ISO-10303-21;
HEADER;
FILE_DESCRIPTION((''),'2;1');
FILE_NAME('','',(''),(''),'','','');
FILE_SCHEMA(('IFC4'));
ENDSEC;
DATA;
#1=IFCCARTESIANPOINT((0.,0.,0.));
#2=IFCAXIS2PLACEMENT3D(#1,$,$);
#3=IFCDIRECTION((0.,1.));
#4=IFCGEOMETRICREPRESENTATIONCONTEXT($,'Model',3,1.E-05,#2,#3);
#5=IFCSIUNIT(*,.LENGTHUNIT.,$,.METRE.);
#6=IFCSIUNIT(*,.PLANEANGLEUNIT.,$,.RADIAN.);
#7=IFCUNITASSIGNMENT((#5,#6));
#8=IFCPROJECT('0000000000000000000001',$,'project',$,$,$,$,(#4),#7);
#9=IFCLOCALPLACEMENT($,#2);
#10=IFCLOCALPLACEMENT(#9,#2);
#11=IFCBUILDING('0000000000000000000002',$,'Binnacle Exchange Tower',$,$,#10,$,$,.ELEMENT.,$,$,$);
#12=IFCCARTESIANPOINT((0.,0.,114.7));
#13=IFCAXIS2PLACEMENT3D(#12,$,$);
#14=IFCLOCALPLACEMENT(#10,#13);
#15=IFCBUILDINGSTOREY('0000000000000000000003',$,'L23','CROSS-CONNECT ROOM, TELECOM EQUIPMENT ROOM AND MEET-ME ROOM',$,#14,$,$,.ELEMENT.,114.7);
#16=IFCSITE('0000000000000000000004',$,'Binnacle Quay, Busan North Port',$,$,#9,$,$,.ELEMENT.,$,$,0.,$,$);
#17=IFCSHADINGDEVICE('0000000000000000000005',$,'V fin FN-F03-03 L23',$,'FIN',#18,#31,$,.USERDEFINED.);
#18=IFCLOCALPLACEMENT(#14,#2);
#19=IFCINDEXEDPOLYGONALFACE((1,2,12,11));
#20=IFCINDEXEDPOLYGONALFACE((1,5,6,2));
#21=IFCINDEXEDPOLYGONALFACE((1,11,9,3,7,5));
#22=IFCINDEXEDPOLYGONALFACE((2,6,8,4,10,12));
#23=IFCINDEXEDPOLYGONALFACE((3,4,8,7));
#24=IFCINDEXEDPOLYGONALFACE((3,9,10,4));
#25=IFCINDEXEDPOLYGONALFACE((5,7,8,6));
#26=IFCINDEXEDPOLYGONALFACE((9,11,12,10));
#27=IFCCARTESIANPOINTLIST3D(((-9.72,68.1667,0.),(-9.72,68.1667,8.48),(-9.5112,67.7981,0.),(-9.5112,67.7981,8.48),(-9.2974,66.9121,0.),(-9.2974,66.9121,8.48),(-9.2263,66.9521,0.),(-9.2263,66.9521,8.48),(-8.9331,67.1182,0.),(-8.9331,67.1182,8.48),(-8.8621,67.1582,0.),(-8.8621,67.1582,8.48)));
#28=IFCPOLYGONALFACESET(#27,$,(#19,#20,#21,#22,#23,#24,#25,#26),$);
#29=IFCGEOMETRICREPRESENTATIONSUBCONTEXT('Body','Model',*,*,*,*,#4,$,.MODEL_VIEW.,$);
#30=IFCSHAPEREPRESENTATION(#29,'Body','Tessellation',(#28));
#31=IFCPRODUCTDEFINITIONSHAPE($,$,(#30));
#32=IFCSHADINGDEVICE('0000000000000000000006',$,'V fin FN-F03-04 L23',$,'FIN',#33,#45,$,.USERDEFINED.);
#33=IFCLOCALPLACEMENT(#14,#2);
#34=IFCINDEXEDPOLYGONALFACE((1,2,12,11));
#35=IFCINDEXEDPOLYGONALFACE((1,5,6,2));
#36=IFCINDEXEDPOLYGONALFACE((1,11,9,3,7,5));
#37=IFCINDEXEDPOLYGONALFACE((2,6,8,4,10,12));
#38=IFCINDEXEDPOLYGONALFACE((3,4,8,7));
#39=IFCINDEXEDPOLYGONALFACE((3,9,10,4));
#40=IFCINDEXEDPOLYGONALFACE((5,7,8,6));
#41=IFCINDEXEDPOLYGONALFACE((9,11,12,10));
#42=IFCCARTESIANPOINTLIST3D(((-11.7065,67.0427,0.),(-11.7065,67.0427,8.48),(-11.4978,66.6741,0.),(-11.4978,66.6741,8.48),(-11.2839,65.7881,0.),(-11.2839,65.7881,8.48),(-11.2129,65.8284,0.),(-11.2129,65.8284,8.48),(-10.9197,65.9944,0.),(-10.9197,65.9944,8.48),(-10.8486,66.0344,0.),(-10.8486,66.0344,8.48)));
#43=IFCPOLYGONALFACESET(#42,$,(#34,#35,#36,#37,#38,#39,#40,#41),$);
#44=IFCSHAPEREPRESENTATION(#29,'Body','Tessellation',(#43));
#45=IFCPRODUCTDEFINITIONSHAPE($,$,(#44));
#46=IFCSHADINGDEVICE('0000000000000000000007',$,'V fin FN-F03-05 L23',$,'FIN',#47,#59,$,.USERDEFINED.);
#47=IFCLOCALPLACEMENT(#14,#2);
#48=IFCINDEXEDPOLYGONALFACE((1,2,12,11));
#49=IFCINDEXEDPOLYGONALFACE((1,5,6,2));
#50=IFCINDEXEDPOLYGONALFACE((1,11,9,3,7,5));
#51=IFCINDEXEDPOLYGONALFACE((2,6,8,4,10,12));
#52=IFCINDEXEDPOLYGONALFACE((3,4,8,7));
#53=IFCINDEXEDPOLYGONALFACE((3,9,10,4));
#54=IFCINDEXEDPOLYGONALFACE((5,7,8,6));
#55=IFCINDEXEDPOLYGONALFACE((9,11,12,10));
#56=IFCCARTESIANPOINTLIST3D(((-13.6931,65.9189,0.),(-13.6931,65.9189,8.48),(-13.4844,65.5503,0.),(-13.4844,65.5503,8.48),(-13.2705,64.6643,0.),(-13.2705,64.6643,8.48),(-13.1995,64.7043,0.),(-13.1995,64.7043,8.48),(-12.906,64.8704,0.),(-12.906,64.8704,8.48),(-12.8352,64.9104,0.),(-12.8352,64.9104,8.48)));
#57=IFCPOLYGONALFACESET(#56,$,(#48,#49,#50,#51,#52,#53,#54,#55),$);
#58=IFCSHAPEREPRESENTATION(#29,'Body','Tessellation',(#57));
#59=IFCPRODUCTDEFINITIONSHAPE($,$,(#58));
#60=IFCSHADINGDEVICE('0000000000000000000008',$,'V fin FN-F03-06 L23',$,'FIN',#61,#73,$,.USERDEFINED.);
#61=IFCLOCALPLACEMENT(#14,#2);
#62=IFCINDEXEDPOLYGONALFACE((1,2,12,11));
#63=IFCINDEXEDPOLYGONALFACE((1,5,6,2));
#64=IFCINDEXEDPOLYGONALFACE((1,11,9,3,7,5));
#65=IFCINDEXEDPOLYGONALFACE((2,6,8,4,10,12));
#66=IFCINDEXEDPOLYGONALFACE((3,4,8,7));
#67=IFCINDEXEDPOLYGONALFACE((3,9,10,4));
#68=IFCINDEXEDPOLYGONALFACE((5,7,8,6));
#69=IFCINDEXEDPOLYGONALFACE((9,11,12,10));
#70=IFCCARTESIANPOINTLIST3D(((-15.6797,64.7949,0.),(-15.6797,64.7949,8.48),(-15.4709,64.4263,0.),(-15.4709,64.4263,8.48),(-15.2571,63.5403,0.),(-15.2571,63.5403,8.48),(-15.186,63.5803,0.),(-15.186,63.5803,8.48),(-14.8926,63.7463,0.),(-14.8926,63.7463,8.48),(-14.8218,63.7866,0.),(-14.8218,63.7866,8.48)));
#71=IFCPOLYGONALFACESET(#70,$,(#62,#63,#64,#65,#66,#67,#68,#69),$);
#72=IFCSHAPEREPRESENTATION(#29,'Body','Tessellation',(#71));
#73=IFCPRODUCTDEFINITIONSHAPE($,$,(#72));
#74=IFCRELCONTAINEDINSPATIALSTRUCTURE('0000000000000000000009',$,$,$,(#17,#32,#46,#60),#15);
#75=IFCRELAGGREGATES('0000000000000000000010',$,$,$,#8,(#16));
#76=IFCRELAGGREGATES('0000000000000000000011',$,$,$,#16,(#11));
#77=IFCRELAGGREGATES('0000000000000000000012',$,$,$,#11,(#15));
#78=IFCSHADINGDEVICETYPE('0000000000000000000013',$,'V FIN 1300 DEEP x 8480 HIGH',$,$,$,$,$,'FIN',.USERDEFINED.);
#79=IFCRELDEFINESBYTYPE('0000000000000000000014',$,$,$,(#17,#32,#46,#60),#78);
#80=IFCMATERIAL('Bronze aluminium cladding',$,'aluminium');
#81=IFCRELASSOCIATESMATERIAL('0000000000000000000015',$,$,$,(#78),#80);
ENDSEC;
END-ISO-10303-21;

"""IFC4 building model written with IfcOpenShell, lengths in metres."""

from ifc_helpers import new_model, si_unit, direction, frame, origin, place, context, subcontext, project, spatial, polyline, outline, extrude, material, type_object, element, save


model = new_model("IFC4")

# Units and contexts
model_context = context("Model", 3, precision=1e-05, world=origin(), true_north=direction((0.0, 1.0)))
body_context = subcontext(model_context, "Body", "Model", "MODEL_VIEW")
ifc_project = project(units=[si_unit("LENGTHUNIT", "METRE"), si_unit("PLANEANGLEUNIT", "RADIAN")], contexts=[model_context])

# Site, building, storey
site_placement = place(None, origin())
site = spatial("IfcSite", under=ifc_project, at=site_placement, Name="Binnacle Quay, Busan North Port", CompositionType="ELEMENT", RefElevation=0.0)
building_placement = place(site_placement, origin())
building = spatial("IfcBuilding", under=site, at=building_placement, Name="Binnacle Exchange Tower", CompositionType="ELEMENT")
storey_placement = place(building_placement, frame((0.0, 0.0, 114.7)))
storey = spatial("IfcBuildingStorey", under=building, at=storey_placement, Name="L23", Description="CROSS-CONNECT ROOM, TELECOM EQUIPMENT ROOM AND MEET-ME ROOM", CompositionType="ELEMENT", Elevation=114.7)

# Shading devices
ifc_material_1 = material(Name="Bronze aluminium cladding", Category="aluminium")
shading_device_type = type_object("IfcShadingDeviceType", Name="V FIN 1300 DEEP x 8480 HIGH", ElementType="FIN", PredefinedType="USERDEFINED", material=ifc_material_1)
shading_device_1_placement = place(storey_placement, origin())
element("IfcShadingDevice", 1, at=shading_device_1_placement, inside=storey, type_object=shading_device_type, Name="V fin FN-F03-03 L23", ObjectType="FIN", PredefinedType="USERDEFINED", context=body_context, shape_type="SweptSolid", body=[
    extrude(outline(polyline([(-8.8621, 67.1582), (-9.72, 68.1667), (-9.2974, 66.9121), (-9.2263, 66.9521), (-9.5112, 67.7981), (-8.9331, 67.1182), (-8.8621, 67.1582)])), origin(), (0.0, 0.0, 1.0), 8.48),
])
shading_device_2_placement = place(storey_placement, origin())
element("IfcShadingDevice", 2, at=shading_device_2_placement, inside=storey, type_object=shading_device_type, Name="V fin FN-F03-04 L23", ObjectType="FIN", PredefinedType="USERDEFINED", context=body_context, shape_type="SweptSolid", body=[
    extrude(outline(polyline([(-10.8486, 66.0344), (-11.7065, 67.0427), (-11.2839, 65.7881), (-11.2129, 65.8284), (-11.4978, 66.6741), (-10.9197, 65.9944), (-10.8486, 66.0344)])), origin(), (0.0, 0.0, 1.0), 8.48),
])
shading_device_3_placement = place(storey_placement, origin())
element("IfcShadingDevice", 3, at=shading_device_3_placement, inside=storey, type_object=shading_device_type, Name="V fin FN-F03-05 L23", ObjectType="FIN", PredefinedType="USERDEFINED", context=body_context, shape_type="SweptSolid", body=[
    extrude(outline(polyline([(-12.8352, 64.9104), (-13.6931, 65.9189), (-13.2705, 64.6643), (-13.1995, 64.7043), (-13.4844, 65.5503), (-12.906, 64.8704), (-12.8352, 64.9104)])), origin(), (0.0, 0.0, 1.0), 8.48),
])
shading_device_4_placement = place(storey_placement, origin())
element("IfcShadingDevice", 4, at=shading_device_4_placement, inside=storey, type_object=shading_device_type, Name="V fin FN-F03-06 L23", ObjectType="FIN", PredefinedType="USERDEFINED", context=body_context, shape_type="SweptSolid", body=[
    extrude(outline(polyline([(-14.8218, 63.7866), (-15.6797, 64.7949), (-15.2571, 63.5403), (-15.186, 63.5803), (-15.4709, 64.4263), (-14.8926, 63.7463), (-14.8218, 63.7866)])), origin(), (0.0, 0.0, 1.0), 8.48),
])

save(model, "model.ifc")
